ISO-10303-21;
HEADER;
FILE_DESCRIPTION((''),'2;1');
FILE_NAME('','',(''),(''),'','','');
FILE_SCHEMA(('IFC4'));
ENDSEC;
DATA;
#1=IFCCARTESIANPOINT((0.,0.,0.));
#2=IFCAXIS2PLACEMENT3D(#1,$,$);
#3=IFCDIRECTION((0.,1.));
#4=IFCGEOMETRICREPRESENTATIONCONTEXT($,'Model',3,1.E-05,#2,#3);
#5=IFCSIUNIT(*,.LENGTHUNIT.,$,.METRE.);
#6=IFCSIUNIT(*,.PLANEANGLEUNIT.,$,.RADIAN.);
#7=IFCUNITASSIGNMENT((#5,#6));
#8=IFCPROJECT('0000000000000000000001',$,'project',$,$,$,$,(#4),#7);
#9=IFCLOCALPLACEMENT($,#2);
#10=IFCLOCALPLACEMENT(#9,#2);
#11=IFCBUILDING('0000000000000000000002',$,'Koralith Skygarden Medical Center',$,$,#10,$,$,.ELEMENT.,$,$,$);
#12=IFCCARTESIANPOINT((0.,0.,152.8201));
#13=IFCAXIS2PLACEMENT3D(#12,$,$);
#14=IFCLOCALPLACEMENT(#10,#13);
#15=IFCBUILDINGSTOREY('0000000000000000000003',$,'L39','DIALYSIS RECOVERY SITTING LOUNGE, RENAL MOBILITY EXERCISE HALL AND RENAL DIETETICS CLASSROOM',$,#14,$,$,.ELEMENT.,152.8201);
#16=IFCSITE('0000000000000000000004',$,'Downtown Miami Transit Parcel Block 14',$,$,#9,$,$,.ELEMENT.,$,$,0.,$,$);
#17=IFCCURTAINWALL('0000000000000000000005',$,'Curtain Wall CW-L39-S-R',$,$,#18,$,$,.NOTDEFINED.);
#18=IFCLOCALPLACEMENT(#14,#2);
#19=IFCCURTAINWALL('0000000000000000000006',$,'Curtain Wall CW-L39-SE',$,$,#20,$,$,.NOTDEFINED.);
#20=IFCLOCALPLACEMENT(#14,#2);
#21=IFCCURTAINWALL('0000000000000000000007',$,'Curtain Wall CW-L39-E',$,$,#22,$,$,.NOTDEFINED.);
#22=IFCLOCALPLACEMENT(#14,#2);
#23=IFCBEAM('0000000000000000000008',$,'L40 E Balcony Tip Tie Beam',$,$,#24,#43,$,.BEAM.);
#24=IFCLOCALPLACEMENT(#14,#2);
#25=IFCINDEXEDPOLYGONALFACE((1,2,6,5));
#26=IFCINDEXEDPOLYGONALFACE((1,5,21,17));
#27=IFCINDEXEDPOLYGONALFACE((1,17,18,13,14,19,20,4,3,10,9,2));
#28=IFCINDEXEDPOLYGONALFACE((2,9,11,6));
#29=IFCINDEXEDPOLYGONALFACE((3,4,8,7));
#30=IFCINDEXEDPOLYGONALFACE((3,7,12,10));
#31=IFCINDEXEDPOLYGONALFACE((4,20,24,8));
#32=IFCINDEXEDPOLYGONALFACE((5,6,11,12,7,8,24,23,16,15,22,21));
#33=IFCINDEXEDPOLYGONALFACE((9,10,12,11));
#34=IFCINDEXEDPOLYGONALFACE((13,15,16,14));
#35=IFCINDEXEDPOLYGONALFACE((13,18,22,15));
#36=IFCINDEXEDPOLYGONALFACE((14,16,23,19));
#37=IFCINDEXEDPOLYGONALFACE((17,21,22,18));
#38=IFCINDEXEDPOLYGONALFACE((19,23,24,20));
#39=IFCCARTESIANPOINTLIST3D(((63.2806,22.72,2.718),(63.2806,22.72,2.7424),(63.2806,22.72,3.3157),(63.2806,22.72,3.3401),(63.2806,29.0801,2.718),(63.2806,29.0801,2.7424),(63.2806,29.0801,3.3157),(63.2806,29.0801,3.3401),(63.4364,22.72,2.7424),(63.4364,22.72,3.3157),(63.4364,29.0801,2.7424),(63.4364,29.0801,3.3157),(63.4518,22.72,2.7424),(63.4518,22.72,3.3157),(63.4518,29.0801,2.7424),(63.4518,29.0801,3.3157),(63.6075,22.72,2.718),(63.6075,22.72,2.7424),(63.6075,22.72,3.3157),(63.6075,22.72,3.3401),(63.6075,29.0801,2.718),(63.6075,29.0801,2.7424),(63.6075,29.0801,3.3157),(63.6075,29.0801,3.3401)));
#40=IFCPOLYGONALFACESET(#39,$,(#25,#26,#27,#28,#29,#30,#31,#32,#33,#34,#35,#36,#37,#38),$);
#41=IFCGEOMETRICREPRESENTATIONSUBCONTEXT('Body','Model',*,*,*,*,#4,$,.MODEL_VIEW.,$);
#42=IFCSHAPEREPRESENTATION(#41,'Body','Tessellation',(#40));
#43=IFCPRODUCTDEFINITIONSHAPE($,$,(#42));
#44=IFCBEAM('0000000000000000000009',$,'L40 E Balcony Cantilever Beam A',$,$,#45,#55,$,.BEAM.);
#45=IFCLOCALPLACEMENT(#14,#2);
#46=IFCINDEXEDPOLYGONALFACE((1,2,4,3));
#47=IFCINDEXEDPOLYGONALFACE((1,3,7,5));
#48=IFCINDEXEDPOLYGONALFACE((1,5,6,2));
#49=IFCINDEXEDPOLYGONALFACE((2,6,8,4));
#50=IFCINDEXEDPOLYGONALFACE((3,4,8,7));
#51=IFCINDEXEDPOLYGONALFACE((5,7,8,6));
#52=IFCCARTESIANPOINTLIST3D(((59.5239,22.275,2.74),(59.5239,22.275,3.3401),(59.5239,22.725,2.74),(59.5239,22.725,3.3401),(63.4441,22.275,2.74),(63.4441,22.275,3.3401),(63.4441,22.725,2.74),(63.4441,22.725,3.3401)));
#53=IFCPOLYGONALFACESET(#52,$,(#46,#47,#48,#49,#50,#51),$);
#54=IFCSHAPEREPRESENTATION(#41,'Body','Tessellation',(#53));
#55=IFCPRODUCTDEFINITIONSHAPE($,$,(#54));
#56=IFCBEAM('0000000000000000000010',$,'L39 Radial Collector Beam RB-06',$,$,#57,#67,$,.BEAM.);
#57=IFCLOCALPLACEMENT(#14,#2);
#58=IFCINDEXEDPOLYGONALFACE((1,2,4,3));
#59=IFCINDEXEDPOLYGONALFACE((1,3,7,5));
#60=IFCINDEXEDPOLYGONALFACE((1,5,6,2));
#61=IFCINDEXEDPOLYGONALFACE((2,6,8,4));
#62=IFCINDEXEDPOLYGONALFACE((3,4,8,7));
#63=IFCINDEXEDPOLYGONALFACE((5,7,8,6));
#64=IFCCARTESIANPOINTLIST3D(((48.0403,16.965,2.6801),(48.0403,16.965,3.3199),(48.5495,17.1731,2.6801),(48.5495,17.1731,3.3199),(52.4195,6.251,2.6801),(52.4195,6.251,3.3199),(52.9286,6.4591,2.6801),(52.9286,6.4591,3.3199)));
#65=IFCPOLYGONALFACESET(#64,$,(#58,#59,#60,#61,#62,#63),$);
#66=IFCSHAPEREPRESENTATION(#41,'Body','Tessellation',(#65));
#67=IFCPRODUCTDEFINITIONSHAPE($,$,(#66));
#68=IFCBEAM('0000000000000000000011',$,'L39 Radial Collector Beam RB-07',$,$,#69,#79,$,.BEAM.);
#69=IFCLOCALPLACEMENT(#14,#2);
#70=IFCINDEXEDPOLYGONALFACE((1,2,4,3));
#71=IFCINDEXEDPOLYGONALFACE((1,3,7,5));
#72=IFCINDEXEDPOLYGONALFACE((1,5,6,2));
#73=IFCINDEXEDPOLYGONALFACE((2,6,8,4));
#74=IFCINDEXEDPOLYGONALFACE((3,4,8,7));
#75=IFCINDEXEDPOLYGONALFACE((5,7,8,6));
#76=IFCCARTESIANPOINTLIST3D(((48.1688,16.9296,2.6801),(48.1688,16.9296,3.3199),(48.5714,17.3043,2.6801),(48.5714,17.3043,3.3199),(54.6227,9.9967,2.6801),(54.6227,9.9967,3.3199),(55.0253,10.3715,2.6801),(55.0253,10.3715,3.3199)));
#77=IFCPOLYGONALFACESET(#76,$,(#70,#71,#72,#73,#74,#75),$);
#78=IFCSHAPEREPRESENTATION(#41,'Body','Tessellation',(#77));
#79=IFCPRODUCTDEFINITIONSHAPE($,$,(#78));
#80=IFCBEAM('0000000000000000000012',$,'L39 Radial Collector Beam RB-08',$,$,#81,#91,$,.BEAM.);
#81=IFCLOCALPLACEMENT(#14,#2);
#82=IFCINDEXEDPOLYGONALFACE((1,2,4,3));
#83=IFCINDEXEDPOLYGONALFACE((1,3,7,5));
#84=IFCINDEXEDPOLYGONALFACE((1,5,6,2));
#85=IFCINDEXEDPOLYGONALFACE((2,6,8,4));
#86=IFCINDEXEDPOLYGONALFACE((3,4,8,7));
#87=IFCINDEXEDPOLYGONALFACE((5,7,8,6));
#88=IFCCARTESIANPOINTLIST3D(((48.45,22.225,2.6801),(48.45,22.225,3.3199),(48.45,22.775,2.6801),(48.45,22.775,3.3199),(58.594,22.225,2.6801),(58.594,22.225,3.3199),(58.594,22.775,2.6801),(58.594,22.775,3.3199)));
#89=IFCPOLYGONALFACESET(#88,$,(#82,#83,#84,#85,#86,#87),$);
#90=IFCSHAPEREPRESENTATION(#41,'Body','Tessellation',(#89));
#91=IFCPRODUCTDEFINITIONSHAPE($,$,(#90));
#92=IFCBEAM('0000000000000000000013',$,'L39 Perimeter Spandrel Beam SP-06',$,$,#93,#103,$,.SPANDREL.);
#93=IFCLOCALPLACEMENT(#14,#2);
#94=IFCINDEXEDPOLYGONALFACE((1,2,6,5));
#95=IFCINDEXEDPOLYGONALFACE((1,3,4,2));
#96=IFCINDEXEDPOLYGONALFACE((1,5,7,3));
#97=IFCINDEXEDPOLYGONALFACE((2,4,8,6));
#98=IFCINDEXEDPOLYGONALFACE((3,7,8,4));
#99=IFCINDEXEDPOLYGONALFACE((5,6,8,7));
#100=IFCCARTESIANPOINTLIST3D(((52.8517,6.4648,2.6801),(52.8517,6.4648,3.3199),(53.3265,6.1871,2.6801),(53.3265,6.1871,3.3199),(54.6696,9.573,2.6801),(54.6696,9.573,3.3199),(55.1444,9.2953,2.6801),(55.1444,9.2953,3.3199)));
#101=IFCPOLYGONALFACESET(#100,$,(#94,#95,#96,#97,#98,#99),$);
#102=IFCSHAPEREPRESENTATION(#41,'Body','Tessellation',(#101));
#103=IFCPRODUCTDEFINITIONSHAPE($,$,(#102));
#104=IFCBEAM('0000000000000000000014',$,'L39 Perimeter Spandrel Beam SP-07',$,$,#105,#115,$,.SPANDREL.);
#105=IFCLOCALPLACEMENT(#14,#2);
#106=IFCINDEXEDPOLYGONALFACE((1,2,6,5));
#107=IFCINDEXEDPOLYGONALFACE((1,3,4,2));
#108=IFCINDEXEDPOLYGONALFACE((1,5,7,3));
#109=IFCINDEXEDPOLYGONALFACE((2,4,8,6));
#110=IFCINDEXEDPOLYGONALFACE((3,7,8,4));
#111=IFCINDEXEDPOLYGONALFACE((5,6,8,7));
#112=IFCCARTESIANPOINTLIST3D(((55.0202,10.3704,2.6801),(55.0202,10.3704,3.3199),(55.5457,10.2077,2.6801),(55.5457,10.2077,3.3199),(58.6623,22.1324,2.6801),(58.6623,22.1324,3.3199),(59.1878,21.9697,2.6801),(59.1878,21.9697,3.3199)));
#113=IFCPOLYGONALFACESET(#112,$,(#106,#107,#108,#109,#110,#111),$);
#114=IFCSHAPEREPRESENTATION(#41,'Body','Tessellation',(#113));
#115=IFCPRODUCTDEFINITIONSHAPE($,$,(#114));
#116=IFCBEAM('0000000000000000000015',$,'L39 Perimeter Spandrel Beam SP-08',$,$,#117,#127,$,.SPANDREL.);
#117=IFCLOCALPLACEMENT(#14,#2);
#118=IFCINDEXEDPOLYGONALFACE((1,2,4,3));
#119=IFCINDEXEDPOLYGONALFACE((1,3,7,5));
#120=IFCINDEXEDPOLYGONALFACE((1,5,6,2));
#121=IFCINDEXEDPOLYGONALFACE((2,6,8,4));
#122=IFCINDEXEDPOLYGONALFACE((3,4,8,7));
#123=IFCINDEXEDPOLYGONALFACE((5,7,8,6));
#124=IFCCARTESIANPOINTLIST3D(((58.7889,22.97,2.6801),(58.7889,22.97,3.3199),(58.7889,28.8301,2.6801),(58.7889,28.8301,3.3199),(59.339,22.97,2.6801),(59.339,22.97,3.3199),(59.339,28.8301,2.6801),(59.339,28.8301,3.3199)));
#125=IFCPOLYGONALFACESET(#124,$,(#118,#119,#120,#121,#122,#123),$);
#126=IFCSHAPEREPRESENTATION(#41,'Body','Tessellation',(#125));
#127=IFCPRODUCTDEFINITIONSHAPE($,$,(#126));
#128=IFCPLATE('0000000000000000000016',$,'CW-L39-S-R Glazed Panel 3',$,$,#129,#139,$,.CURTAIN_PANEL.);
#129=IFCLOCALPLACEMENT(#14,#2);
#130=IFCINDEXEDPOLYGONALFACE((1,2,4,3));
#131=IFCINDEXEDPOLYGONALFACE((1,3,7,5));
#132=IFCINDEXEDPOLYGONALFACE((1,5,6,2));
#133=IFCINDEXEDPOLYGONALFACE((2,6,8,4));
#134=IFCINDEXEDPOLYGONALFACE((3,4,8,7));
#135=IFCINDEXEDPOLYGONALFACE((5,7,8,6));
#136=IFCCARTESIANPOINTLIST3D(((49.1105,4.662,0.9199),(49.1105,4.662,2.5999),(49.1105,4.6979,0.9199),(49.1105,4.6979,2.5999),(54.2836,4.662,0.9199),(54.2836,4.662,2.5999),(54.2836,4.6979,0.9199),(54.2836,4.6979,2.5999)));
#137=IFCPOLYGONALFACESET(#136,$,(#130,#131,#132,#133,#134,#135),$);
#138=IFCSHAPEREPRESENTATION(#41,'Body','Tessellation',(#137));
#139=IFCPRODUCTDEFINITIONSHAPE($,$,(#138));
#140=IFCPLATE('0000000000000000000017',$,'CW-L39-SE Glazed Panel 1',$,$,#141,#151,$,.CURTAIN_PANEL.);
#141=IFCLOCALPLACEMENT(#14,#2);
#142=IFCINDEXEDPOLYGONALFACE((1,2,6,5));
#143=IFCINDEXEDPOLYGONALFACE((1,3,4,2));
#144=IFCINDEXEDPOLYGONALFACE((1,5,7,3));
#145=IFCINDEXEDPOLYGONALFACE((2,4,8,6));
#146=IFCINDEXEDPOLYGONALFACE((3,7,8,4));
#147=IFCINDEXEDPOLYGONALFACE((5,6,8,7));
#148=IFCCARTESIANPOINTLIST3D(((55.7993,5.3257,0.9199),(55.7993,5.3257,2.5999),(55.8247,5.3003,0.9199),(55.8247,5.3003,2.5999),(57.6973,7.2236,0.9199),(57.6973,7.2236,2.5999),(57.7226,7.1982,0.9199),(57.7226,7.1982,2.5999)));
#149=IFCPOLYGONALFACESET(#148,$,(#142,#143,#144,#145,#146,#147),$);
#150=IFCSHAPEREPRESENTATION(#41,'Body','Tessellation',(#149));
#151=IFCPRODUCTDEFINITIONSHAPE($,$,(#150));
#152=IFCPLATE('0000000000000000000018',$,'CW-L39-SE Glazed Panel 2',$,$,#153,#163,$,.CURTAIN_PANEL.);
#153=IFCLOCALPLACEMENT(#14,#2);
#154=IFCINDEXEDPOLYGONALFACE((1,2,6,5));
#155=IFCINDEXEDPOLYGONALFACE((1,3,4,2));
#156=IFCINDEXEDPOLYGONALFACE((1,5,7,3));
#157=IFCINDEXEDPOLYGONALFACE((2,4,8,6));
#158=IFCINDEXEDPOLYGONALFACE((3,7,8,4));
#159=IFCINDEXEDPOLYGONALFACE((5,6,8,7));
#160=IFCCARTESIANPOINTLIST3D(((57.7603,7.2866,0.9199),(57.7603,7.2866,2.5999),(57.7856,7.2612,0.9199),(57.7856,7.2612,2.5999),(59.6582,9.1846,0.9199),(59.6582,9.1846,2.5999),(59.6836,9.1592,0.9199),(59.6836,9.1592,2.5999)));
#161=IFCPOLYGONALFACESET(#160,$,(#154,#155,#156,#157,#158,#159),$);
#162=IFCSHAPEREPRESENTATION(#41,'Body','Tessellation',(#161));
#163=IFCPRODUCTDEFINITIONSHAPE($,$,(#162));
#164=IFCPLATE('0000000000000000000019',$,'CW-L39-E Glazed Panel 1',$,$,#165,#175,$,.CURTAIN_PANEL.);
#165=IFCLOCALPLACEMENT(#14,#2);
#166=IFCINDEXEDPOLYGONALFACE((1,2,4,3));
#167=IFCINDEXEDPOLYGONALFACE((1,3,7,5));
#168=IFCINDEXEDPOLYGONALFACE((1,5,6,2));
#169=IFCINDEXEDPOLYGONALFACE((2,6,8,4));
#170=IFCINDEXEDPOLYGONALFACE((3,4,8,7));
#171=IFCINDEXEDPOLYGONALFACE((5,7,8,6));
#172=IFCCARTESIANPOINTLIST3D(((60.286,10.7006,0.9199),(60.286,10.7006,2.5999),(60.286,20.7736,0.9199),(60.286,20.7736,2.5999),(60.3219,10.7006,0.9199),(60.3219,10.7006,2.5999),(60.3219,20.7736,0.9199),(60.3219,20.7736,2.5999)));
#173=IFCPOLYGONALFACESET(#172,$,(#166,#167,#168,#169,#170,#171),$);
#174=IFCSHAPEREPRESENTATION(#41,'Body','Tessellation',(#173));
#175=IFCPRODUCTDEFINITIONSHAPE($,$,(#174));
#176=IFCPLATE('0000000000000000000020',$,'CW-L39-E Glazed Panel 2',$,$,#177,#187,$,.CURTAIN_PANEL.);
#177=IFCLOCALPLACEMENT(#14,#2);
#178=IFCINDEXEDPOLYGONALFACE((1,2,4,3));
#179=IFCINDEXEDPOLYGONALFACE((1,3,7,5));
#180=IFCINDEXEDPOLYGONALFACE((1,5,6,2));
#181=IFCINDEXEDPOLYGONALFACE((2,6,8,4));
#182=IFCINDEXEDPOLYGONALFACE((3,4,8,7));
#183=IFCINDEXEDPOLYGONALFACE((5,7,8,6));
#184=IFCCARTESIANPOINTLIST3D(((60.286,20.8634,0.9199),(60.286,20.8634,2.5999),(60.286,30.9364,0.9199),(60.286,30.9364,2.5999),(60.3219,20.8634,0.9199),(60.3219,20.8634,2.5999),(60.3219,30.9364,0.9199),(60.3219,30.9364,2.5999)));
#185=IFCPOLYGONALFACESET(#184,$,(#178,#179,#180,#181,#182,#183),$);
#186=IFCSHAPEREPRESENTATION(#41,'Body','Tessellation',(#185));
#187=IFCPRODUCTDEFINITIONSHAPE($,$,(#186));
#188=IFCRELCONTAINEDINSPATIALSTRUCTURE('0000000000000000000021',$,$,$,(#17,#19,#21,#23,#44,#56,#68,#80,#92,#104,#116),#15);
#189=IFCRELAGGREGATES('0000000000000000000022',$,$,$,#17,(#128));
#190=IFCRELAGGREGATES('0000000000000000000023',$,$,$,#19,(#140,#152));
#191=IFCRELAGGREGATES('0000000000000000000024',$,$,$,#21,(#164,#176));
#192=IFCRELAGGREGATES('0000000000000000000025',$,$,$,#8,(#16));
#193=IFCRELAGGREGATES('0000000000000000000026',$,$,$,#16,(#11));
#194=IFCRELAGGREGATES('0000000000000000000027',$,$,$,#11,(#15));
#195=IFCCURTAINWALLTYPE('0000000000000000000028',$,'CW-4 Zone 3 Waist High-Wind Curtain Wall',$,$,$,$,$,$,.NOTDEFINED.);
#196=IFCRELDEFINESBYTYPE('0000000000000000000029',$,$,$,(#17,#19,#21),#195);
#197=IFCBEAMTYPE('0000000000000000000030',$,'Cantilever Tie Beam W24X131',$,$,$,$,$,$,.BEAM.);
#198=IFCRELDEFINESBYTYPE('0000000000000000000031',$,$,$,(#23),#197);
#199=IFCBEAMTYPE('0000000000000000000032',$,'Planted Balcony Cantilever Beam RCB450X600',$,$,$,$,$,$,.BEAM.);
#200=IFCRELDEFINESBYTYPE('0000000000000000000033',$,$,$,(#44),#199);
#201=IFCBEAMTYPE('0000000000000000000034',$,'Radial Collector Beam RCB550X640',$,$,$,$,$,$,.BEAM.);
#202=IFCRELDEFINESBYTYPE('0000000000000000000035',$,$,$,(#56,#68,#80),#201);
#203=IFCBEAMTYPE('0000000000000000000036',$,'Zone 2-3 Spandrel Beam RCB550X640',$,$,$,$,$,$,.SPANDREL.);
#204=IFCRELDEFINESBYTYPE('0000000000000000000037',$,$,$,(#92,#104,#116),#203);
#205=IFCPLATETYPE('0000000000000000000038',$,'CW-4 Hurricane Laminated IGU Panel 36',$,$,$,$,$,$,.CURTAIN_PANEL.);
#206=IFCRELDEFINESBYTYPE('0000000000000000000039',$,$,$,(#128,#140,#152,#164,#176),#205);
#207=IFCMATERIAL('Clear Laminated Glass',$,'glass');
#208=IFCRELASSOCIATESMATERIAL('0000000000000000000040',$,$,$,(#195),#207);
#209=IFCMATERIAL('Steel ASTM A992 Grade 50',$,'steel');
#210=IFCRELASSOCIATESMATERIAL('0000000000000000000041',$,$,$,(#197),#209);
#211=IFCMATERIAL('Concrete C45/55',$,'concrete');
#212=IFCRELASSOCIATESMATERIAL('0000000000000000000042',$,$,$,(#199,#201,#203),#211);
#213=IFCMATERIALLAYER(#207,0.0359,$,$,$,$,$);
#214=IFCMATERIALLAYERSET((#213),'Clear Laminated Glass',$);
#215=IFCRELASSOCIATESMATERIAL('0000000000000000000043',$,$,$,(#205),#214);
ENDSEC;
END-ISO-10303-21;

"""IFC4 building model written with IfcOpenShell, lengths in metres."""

from ifc_helpers import new_model, si_unit, direction, frame, origin, origin_2d, place, context, subcontext, project, spatial, rectangle, i_section, extrude, material, layer, layer_set, material_profile, profile_set, type_object, element, aggregate, save


model = new_model("IFC4")

# Units and contexts
model_context = context("Model", 3, precision=1e-05, world=origin(), true_north=direction((0.0, 1.0)))
body_context = subcontext(model_context, "Body", "Model", "MODEL_VIEW")
ifc_project = project(units=[si_unit("LENGTHUNIT", "METRE"), si_unit("PLANEANGLEUNIT", "RADIAN")], contexts=[model_context])

# Site, building, storey
site_placement = place(None, origin())
site = spatial("IfcSite", under=ifc_project, at=site_placement, Name="Downtown Miami Transit Parcel Block 14", CompositionType="ELEMENT", RefElevation=0.0)
building_placement = place(site_placement, origin())
building = spatial("IfcBuilding", under=site, at=building_placement, Name="Koralith Skygarden Medical Center", CompositionType="ELEMENT")
storey_placement = place(building_placement, frame((0.0, 0.0, 152.8201)))
storey = spatial("IfcBuildingStorey", under=building, at=storey_placement, Name="L39", Description="DIALYSIS RECOVERY SITTING LOUNGE, RENAL MOBILITY EXERCISE HALL AND RENAL DIETETICS CLASSROOM", CompositionType="ELEMENT", Elevation=152.8201)

# Curtain walls
ifc_material_1 = material(Name="Clear Laminated Glass", Category="glass")
curtain_wall_type = type_object("IfcCurtainWallType", Name="CW-4 Zone 3 Waist High-Wind Curtain Wall", PredefinedType="NOTDEFINED", material=ifc_material_1)
curtain_wall_1_placement = place(storey_placement, origin())
curtain_wall_1 = element("IfcCurtainWall", 1, at=curtain_wall_1_placement, inside=storey, type_object=curtain_wall_type, Name="Curtain Wall CW-L39-S-R", PredefinedType="NOTDEFINED")
curtain_wall_2_placement = place(storey_placement, origin())
curtain_wall_2 = element("IfcCurtainWall", 2, at=curtain_wall_2_placement, inside=storey, type_object=curtain_wall_type, Name="Curtain Wall CW-L39-SE", PredefinedType="NOTDEFINED")
curtain_wall_3_placement = place(storey_placement, origin())
curtain_wall_3 = element("IfcCurtainWall", 3, at=curtain_wall_3_placement, inside=storey, type_object=curtain_wall_type, Name="Curtain Wall CW-L39-E", PredefinedType="NOTDEFINED")

# Beams
ifc_material_2 = material(Name="Steel ASTM A992 Grade 50", Category="steel")
ifc_material_profile_1 = material_profile(ifc_material_2, i_section(OverallWidth=0.3269, OverallDepth=0.6221, WebThickness=0.0154, FlangeThickness=0.0244, at=origin_2d()), Name="W24X131")
ifc_profile_set_1 = profile_set([ifc_material_profile_1], Name="Steel ASTM A992 Grade 50")
beam_type_1 = type_object("IfcBeamType", Name="Cantilever Tie Beam W24X131", PredefinedType="BEAM", material=ifc_profile_set_1)
beam_1_placement = place(storey_placement, frame((63.4441, 22.72, 3.0291), z_axis=(0.0, 1.0, 0.0), x_axis=(-1.0, 0.0, 0.0)))
element("IfcBeam", 4, at=beam_1_placement, inside=storey, type_object=beam_type_1, Name="L40 E Balcony Tip Tie Beam", PredefinedType="BEAM", context=body_context, shape_type="SweptSolid", body=[
    extrude(i_section(OverallWidth=0.3269, OverallDepth=0.6221, WebThickness=0.0154, FlangeThickness=0.0244, at=origin_2d()), origin(), (0.0, 0.0, 1.0), 6.3601),
])
ifc_material_3 = material(Name="Concrete C45/55", Category="concrete")
ifc_material_profile_2 = material_profile(ifc_material_3, rectangle(XDim=0.45, YDim=0.6001, at=origin_2d()), Name="RCB450X600")
ifc_profile_set_2 = profile_set([ifc_material_profile_2], Name="Concrete C45/55")
beam_type_2 = type_object("IfcBeamType", Name="Planted Balcony Cantilever Beam RCB450X600", PredefinedType="BEAM", material=ifc_profile_set_2)
beam_2_placement = place(storey_placement, frame((59.5239, 22.5, 3.04), z_axis=(1.0, 0.0, 0.0), x_axis=(0.0, 1.0, 0.0)))
element("IfcBeam", 5, at=beam_2_placement, inside=storey, type_object=beam_type_2, Name="L40 E Balcony Cantilever Beam A", PredefinedType="BEAM", context=body_context, shape_type="SweptSolid", body=[
    extrude(rectangle(XDim=0.45, YDim=0.6001, at=origin_2d()), origin(), (0.0, 0.0, 1.0), 3.9202),
])
ifc_material_profile_3 = material_profile(ifc_material_3, rectangle(XDim=0.55, YDim=0.6399, at=origin_2d()), Name="RCB550X640")
ifc_profile_set_3 = profile_set([ifc_material_profile_3], Name="Concrete C45/55")
beam_type_3 = type_object("IfcBeamType", Name="Radial Collector Beam RCB550X640", PredefinedType="BEAM", material=ifc_profile_set_3)
beam_3_placement = place(storey_placement, frame((48.2949, 17.0691, 3.0), z_axis=(0.378345, -0.925665, 0.0), x_axis=(0.925665, 0.378345, 0.0)))
element("IfcBeam", 6, at=beam_3_placement, inside=storey, type_object=beam_type_3, Name="L39 Radial Collector Beam RB-06", PredefinedType="BEAM", context=body_context, shape_type="SweptSolid", body=[
    extrude(rectangle(XDim=0.55, YDim=0.6399, at=origin_2d()), origin(), (0.0, 0.0, 1.0), 11.5745),
])
beam_4_placement = place(storey_placement, frame((48.3701, 17.1169, 3.0), z_axis=(0.681369, -0.73194, 0.0), x_axis=(0.73194, 0.681369, 0.0)))
element("IfcBeam", 7, at=beam_4_placement, inside=storey, type_object=beam_type_3, Name="L39 Radial Collector Beam RB-07", PredefinedType="BEAM", context=body_context, shape_type="SweptSolid", body=[
    extrude(rectangle(XDim=0.55, YDim=0.6399, at=origin_2d()), origin(), (0.0, 0.0, 1.0), 9.4719),
])
beam_5_placement = place(storey_placement, frame((48.45, 22.5, 3.0), z_axis=(1.0, 0.0, 0.0), x_axis=(0.0, 1.0, 0.0)))
element("IfcBeam", 8, at=beam_5_placement, inside=storey, type_object=beam_type_3, Name="L39 Radial Collector Beam RB-08", PredefinedType="BEAM", context=body_context, shape_type="SweptSolid", body=[
    extrude(rectangle(XDim=0.55, YDim=0.6399, at=origin_2d()), origin(), (0.0, 0.0, 1.0), 10.144),
])
ifc_material_profile_4 = material_profile(ifc_material_3, rectangle(XDim=0.55, YDim=0.6399, at=origin_2d()), Name="RCB550X640")
ifc_profile_set_4 = profile_set([ifc_material_profile_4], Name="Concrete C45/55")
beam_type_4 = type_object("IfcBeamType", Name="Zone 2-3 Spandrel Beam RCB550X640", PredefinedType="SPANDREL", material=ifc_profile_set_4)
beam_6_placement = place(storey_placement, frame((53.0891, 6.3259, 3.0), z_axis=(0.504861, 0.8632, 0.0), x_axis=(-0.8632, 0.504861, 0.0)))
element("IfcBeam", 9, at=beam_6_placement, inside=storey, type_object=beam_type_4, Name="L39 Perimeter Spandrel Beam SP-06", PredefinedType="SPANDREL", context=body_context, shape_type="SweptSolid", body=[
    extrude(rectangle(XDim=0.55, YDim=0.6399, at=origin_2d()), origin(), (0.0, 0.0, 1.0), 3.6008),
])
beam_7_placement = place(storey_placement, frame((55.283, 10.2891, 3.0), z_axis=(0.295794, 0.955252, 0.0), x_axis=(-0.955252, 0.295794, 0.0)))
element("IfcBeam", 10, at=beam_7_placement, inside=storey, type_object=beam_type_4, Name="L39 Perimeter Spandrel Beam SP-07", PredefinedType="SPANDREL", context=body_context, shape_type="SweptSolid", body=[
    extrude(rectangle(XDim=0.55, YDim=0.6399, at=origin_2d()), origin(), (0.0, 0.0, 1.0), 12.313),
])
beam_8_placement = place(storey_placement, frame((59.064, 22.97, 3.0), z_axis=(0.0, 1.0, 0.0), x_axis=(-1.0, 0.0, 0.0)))
element("IfcBeam", 11, at=beam_8_placement, inside=storey, type_object=beam_type_4, Name="L39 Perimeter Spandrel Beam SP-08", PredefinedType="SPANDREL", context=body_context, shape_type="SweptSolid", body=[
    extrude(rectangle(XDim=0.55, YDim=0.6399, at=origin_2d()), origin(), (0.0, 0.0, 1.0), 5.8601),
])

# Plates
ifc_layer_1 = layer(ifc_material_1, 0.0359)
ifc_layer_set_1 = layer_set([ifc_layer_1], Name="Clear Laminated Glass")
plate_type_1 = type_object("IfcPlateType", Name="CW-4 Hurricane Laminated IGU Panel 36", PredefinedType="CURTAIN_PANEL", material=ifc_layer_set_1)
plate_1_placement = place(storey_placement, frame((51.697, 4.6799, 0.9199), z_axis=(0.0, 0.0, 1.0), x_axis=(1.0, 0.0, 0.0)))
plate_1 = element("IfcPlate", 12, at=plate_1_placement, type_object=plate_type_1, Name="CW-L39-S-R Glazed Panel 3", PredefinedType="CURTAIN_PANEL", context=body_context, shape_type="SweptSolid", body=[
    extrude(rectangle(XDim=5.1731, YDim=0.0359, at=origin_2d()), origin(), (0.0, 0.0, 1.0), 1.6799),
])
aggregate(curtain_wall_1, [plate_1])
plate_2_placement = place(storey_placement, frame((56.761, 6.262, 0.9199), z_axis=(0.0, 0.0, 1.0), x_axis=(0.707107, 0.707107, 0.0)))
plate_2 = element("IfcPlate", 13, at=plate_2_placement, type_object=plate_type_1, Name="CW-L39-SE Glazed Panel 1", PredefinedType="CURTAIN_PANEL", context=body_context, shape_type="SweptSolid", body=[
    extrude(rectangle(XDim=2.6841, YDim=0.0359, at=origin_2d()), origin(), (0.0, 0.0, 1.0), 1.6799),
])
plate_3_placement = place(storey_placement, frame((58.7219, 8.2229, 0.9199), z_axis=(0.0, 0.0, 1.0), x_axis=(0.707107, 0.707107, 0.0)))
plate_3 = element("IfcPlate", 14, at=plate_3_placement, type_object=plate_type_1, Name="CW-L39-SE Glazed Panel 2", PredefinedType="CURTAIN_PANEL", context=body_context, shape_type="SweptSolid", body=[
    extrude(rectangle(XDim=2.6841, YDim=0.0359, at=origin_2d()), origin(), (0.0, 0.0, 1.0), 1.6799),
])
aggregate(curtain_wall_2, [plate_2, plate_3])
plate_4_placement = place(storey_placement, frame((60.304, 15.7371, 0.9199), z_axis=(0.0, 0.0, 1.0), x_axis=(0.0, 1.0, 0.0)))
plate_4 = element("IfcPlate", 15, at=plate_4_placement, type_object=plate_type_1, Name="CW-L39-E Glazed Panel 1", PredefinedType="CURTAIN_PANEL", context=body_context, shape_type="SweptSolid", body=[
    extrude(rectangle(XDim=10.073, YDim=0.0359, at=origin_2d()), origin(), (0.0, 0.0, 1.0), 1.6799),
])
plate_5_placement = place(storey_placement, frame((60.304, 25.8999, 0.9199), z_axis=(0.0, 0.0, 1.0), x_axis=(0.0, 1.0, 0.0)))
plate_5 = element("IfcPlate", 16, at=plate_5_placement, type_object=plate_type_1, Name="CW-L39-E Glazed Panel 2", PredefinedType="CURTAIN_PANEL", context=body_context, shape_type="SweptSolid", body=[
    extrude(rectangle(XDim=10.073, YDim=0.0359, at=origin_2d()), origin(), (0.0, 0.0, 1.0), 1.6799),
])
aggregate(curtain_wall_3, [plate_4, plate_5])

save(model, "model.ifc")
